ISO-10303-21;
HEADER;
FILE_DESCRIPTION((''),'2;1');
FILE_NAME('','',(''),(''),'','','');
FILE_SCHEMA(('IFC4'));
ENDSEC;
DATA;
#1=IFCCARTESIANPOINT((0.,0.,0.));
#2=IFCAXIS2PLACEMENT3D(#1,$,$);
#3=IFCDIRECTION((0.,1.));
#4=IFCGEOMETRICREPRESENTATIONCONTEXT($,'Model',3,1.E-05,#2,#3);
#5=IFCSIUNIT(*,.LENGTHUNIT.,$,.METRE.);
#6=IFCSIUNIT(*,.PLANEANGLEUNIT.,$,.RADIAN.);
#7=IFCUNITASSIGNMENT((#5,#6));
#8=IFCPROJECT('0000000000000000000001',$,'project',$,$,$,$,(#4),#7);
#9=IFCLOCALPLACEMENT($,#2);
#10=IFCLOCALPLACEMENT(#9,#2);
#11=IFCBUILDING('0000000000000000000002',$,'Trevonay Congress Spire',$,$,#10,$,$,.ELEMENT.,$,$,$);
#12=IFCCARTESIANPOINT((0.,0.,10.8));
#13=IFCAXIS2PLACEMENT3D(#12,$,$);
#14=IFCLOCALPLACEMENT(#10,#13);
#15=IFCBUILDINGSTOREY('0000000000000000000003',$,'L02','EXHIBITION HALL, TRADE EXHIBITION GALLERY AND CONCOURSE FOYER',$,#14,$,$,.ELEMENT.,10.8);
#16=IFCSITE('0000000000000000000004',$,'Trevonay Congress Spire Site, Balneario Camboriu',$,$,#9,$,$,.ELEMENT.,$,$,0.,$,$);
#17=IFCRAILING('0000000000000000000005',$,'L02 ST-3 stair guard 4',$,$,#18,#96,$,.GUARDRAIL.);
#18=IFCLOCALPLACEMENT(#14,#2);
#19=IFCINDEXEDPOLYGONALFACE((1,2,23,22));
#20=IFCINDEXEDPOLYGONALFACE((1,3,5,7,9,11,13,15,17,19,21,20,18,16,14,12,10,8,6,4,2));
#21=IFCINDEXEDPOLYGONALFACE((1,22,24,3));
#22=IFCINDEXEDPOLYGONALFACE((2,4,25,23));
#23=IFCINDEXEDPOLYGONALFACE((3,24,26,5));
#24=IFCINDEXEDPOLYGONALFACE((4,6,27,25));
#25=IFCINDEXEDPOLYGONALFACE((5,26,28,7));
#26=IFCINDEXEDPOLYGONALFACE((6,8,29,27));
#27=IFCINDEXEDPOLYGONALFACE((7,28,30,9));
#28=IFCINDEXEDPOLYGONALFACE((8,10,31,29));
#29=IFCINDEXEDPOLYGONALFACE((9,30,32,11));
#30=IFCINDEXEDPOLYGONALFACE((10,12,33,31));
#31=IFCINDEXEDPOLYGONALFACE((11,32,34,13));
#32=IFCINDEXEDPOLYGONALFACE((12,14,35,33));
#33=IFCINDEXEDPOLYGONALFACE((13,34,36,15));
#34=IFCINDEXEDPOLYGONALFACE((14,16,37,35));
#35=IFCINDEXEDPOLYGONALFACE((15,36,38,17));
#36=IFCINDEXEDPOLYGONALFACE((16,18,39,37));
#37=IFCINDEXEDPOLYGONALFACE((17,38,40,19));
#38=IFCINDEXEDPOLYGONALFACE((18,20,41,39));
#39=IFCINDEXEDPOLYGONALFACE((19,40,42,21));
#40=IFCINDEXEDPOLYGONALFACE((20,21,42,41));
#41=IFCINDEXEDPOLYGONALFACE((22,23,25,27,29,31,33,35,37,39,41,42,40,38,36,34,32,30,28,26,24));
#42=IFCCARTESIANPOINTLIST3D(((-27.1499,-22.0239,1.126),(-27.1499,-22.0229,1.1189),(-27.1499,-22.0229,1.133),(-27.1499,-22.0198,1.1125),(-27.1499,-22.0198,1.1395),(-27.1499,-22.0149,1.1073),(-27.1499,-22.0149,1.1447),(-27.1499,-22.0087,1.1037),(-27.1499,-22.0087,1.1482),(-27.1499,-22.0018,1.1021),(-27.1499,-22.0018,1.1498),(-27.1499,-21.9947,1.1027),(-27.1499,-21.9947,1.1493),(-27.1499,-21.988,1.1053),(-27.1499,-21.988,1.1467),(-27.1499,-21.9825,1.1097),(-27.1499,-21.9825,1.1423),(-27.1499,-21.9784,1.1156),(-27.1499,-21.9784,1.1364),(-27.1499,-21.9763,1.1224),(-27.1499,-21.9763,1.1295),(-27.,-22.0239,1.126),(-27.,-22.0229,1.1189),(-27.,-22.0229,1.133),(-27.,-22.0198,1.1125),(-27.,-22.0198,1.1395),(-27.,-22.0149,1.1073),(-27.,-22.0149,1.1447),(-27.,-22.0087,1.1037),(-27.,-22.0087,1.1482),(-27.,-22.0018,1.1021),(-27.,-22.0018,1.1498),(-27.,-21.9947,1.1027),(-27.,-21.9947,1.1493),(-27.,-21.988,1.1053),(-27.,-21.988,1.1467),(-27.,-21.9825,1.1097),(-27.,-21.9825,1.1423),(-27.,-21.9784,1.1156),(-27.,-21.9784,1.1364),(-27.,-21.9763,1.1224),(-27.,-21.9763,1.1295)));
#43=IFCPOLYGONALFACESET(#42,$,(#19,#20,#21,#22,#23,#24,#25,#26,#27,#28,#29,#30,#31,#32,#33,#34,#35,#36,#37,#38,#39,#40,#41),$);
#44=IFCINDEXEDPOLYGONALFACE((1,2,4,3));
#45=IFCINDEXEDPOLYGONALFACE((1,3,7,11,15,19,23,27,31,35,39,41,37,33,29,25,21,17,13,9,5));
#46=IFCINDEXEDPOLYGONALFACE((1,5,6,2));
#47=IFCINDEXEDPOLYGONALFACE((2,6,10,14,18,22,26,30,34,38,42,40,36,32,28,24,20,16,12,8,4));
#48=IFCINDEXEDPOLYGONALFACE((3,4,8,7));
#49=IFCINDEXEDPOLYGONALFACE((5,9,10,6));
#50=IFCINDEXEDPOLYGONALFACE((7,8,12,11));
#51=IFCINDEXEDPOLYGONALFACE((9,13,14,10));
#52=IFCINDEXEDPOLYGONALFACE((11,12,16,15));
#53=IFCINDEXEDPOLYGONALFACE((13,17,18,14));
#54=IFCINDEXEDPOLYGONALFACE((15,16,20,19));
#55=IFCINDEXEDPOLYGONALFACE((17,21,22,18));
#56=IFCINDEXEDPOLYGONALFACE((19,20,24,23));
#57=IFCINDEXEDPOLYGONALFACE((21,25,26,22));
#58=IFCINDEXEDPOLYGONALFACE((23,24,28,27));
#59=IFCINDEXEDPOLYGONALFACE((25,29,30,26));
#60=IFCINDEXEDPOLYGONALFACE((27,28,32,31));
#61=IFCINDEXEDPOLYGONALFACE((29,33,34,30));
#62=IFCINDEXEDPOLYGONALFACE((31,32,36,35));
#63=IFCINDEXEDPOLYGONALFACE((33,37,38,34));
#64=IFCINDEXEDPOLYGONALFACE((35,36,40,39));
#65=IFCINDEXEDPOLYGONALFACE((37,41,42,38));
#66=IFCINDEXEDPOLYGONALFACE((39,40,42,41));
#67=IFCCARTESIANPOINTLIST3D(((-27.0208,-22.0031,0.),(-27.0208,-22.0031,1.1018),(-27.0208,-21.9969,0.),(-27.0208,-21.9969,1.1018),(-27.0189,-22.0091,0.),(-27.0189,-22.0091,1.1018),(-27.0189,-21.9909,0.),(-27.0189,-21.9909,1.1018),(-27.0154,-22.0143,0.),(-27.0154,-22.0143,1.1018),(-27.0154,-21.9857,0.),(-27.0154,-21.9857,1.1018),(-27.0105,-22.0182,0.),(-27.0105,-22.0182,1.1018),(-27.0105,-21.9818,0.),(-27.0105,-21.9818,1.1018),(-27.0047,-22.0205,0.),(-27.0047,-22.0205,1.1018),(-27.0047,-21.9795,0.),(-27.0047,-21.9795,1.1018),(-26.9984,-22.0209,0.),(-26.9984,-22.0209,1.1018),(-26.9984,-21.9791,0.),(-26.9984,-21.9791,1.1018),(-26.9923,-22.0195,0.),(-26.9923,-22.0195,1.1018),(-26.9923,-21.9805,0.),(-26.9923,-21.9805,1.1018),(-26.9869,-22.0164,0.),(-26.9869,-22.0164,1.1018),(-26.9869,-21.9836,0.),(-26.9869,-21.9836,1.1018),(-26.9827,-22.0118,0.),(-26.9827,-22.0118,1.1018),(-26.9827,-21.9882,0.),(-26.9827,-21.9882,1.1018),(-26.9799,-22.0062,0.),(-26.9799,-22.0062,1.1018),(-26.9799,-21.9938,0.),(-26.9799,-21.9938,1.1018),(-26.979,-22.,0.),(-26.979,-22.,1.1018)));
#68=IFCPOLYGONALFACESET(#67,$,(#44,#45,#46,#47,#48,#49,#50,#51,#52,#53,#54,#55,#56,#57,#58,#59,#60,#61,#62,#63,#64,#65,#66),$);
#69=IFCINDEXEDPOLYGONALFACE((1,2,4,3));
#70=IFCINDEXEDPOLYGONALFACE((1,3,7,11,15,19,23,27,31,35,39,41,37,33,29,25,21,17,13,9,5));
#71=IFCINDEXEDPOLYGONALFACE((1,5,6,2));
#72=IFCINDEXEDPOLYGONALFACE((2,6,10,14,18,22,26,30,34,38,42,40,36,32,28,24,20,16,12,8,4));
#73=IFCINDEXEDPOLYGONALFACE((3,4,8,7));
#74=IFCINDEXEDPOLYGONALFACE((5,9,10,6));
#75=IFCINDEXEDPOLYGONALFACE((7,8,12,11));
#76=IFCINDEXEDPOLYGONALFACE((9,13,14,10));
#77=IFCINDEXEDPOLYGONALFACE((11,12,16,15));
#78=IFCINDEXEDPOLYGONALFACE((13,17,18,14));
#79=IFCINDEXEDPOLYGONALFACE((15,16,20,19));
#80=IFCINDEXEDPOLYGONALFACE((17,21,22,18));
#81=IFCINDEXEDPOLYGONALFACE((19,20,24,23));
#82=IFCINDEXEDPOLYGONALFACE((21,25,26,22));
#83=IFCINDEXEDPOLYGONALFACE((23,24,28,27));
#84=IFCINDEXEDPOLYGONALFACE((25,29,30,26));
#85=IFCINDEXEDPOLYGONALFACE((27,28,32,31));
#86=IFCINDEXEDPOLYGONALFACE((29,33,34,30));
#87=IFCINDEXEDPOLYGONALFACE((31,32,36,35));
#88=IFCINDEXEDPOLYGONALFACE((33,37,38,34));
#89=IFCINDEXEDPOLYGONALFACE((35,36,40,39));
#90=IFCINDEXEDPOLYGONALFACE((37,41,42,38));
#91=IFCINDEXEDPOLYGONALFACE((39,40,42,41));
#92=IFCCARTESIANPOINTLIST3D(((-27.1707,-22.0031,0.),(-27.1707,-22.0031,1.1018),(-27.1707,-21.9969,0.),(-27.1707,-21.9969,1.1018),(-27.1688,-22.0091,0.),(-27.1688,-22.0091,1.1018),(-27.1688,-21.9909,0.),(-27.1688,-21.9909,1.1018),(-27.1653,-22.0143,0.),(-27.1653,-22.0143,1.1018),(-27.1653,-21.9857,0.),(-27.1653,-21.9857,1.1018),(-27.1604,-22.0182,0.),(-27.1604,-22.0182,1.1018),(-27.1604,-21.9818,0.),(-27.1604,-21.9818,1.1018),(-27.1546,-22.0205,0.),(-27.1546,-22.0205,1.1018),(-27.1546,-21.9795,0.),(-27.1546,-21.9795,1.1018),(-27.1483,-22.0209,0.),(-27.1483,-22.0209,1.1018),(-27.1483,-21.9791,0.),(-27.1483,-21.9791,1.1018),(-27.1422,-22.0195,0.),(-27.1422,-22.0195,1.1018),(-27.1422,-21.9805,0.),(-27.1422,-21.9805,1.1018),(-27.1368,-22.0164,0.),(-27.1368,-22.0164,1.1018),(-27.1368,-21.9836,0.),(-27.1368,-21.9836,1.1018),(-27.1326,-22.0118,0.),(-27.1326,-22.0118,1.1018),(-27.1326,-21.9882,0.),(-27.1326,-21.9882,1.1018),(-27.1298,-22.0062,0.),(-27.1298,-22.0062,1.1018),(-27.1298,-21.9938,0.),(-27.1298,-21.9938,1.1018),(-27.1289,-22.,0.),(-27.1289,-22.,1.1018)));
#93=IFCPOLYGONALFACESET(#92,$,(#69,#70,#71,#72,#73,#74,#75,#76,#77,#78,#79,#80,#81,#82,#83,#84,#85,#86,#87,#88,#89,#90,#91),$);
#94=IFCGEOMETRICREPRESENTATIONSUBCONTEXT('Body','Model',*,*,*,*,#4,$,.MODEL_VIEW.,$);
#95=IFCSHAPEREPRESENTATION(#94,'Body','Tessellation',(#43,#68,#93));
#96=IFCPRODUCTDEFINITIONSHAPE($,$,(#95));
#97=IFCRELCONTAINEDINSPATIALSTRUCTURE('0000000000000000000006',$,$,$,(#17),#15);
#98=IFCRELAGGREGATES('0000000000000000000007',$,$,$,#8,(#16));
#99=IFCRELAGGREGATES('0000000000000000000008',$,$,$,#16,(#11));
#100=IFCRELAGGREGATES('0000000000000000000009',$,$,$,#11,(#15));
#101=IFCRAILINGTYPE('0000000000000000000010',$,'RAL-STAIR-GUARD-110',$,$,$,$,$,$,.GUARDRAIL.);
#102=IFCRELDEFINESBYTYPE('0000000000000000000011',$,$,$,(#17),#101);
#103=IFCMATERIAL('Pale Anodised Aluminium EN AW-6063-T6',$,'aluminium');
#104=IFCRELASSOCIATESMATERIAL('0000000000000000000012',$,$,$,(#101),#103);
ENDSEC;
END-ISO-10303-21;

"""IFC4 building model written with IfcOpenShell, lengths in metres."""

from ifc_helpers import new_model, si_unit, direction, frame, origin, origin_2d, place, context, subcontext, project, spatial, circle, extrude, material, type_object, element, save


model = new_model("IFC4")

# Units and contexts
model_context = context("Model", 3, precision=1e-05, world=origin(), true_north=direction((0.0, 1.0)))
body_context = subcontext(model_context, "Body", "Model", "MODEL_VIEW")
ifc_project = project(units=[si_unit("LENGTHUNIT", "METRE"), si_unit("PLANEANGLEUNIT", "RADIAN")], contexts=[model_context])

# Site, building, storey
site_placement = place(None, origin())
site = spatial("IfcSite", under=ifc_project, at=site_placement, Name="Trevonay Congress Spire Site, Balneario Camboriu", CompositionType="ELEMENT", RefElevation=0.0)
building_placement = place(site_placement, origin())
building = spatial("IfcBuilding", under=site, at=building_placement, Name="Trevonay Congress Spire", CompositionType="ELEMENT")
storey_placement = place(building_placement, frame((0.0, 0.0, 10.8)))
storey = spatial("IfcBuildingStorey", under=building, at=storey_placement, Name="L02", Description="EXHIBITION HALL, TRADE EXHIBITION GALLERY AND CONCOURSE FOYER", CompositionType="ELEMENT", Elevation=10.8)

# Shared definitions
ifc_material_1 = material(Name="Pale Anodised Aluminium EN AW-6063-T6", Category="aluminium")

# Railing
railing_type_1 = type_object("IfcRailingType", Name="RAL-STAIR-GUARD-110", PredefinedType="GUARDRAIL", material=ifc_material_1)
railing_1_placement = place(storey_placement, frame((-27.0, -22.0, 0.0)))
element("IfcRailing", 1, at=railing_1_placement, inside=storey, type_object=railing_type_1, Name="L02 ST-3 stair guard 4", PredefinedType="GUARDRAIL", context=body_context, shape_type="SweptSolid", body=[
    extrude(circle(Radius=0.0239, at=origin_2d()), frame((0.0, 0.0, 1.126), z_axis=(-1.0, 0.0, 0.0), x_axis=(0.0, -1.0, 0.0)), (0.0, 0.0, 1.0), 0.1499),
    extrude(circle(Radius=0.021, at=origin_2d()), origin(), (0.0, 0.0, 1.0), 1.1018),
    extrude(circle(Radius=0.021, at=origin_2d()), frame((-0.1499, 0.0, 0.0)), (0.0, 0.0, 1.0), 1.1018),
])

save(model, "model.ifc")
